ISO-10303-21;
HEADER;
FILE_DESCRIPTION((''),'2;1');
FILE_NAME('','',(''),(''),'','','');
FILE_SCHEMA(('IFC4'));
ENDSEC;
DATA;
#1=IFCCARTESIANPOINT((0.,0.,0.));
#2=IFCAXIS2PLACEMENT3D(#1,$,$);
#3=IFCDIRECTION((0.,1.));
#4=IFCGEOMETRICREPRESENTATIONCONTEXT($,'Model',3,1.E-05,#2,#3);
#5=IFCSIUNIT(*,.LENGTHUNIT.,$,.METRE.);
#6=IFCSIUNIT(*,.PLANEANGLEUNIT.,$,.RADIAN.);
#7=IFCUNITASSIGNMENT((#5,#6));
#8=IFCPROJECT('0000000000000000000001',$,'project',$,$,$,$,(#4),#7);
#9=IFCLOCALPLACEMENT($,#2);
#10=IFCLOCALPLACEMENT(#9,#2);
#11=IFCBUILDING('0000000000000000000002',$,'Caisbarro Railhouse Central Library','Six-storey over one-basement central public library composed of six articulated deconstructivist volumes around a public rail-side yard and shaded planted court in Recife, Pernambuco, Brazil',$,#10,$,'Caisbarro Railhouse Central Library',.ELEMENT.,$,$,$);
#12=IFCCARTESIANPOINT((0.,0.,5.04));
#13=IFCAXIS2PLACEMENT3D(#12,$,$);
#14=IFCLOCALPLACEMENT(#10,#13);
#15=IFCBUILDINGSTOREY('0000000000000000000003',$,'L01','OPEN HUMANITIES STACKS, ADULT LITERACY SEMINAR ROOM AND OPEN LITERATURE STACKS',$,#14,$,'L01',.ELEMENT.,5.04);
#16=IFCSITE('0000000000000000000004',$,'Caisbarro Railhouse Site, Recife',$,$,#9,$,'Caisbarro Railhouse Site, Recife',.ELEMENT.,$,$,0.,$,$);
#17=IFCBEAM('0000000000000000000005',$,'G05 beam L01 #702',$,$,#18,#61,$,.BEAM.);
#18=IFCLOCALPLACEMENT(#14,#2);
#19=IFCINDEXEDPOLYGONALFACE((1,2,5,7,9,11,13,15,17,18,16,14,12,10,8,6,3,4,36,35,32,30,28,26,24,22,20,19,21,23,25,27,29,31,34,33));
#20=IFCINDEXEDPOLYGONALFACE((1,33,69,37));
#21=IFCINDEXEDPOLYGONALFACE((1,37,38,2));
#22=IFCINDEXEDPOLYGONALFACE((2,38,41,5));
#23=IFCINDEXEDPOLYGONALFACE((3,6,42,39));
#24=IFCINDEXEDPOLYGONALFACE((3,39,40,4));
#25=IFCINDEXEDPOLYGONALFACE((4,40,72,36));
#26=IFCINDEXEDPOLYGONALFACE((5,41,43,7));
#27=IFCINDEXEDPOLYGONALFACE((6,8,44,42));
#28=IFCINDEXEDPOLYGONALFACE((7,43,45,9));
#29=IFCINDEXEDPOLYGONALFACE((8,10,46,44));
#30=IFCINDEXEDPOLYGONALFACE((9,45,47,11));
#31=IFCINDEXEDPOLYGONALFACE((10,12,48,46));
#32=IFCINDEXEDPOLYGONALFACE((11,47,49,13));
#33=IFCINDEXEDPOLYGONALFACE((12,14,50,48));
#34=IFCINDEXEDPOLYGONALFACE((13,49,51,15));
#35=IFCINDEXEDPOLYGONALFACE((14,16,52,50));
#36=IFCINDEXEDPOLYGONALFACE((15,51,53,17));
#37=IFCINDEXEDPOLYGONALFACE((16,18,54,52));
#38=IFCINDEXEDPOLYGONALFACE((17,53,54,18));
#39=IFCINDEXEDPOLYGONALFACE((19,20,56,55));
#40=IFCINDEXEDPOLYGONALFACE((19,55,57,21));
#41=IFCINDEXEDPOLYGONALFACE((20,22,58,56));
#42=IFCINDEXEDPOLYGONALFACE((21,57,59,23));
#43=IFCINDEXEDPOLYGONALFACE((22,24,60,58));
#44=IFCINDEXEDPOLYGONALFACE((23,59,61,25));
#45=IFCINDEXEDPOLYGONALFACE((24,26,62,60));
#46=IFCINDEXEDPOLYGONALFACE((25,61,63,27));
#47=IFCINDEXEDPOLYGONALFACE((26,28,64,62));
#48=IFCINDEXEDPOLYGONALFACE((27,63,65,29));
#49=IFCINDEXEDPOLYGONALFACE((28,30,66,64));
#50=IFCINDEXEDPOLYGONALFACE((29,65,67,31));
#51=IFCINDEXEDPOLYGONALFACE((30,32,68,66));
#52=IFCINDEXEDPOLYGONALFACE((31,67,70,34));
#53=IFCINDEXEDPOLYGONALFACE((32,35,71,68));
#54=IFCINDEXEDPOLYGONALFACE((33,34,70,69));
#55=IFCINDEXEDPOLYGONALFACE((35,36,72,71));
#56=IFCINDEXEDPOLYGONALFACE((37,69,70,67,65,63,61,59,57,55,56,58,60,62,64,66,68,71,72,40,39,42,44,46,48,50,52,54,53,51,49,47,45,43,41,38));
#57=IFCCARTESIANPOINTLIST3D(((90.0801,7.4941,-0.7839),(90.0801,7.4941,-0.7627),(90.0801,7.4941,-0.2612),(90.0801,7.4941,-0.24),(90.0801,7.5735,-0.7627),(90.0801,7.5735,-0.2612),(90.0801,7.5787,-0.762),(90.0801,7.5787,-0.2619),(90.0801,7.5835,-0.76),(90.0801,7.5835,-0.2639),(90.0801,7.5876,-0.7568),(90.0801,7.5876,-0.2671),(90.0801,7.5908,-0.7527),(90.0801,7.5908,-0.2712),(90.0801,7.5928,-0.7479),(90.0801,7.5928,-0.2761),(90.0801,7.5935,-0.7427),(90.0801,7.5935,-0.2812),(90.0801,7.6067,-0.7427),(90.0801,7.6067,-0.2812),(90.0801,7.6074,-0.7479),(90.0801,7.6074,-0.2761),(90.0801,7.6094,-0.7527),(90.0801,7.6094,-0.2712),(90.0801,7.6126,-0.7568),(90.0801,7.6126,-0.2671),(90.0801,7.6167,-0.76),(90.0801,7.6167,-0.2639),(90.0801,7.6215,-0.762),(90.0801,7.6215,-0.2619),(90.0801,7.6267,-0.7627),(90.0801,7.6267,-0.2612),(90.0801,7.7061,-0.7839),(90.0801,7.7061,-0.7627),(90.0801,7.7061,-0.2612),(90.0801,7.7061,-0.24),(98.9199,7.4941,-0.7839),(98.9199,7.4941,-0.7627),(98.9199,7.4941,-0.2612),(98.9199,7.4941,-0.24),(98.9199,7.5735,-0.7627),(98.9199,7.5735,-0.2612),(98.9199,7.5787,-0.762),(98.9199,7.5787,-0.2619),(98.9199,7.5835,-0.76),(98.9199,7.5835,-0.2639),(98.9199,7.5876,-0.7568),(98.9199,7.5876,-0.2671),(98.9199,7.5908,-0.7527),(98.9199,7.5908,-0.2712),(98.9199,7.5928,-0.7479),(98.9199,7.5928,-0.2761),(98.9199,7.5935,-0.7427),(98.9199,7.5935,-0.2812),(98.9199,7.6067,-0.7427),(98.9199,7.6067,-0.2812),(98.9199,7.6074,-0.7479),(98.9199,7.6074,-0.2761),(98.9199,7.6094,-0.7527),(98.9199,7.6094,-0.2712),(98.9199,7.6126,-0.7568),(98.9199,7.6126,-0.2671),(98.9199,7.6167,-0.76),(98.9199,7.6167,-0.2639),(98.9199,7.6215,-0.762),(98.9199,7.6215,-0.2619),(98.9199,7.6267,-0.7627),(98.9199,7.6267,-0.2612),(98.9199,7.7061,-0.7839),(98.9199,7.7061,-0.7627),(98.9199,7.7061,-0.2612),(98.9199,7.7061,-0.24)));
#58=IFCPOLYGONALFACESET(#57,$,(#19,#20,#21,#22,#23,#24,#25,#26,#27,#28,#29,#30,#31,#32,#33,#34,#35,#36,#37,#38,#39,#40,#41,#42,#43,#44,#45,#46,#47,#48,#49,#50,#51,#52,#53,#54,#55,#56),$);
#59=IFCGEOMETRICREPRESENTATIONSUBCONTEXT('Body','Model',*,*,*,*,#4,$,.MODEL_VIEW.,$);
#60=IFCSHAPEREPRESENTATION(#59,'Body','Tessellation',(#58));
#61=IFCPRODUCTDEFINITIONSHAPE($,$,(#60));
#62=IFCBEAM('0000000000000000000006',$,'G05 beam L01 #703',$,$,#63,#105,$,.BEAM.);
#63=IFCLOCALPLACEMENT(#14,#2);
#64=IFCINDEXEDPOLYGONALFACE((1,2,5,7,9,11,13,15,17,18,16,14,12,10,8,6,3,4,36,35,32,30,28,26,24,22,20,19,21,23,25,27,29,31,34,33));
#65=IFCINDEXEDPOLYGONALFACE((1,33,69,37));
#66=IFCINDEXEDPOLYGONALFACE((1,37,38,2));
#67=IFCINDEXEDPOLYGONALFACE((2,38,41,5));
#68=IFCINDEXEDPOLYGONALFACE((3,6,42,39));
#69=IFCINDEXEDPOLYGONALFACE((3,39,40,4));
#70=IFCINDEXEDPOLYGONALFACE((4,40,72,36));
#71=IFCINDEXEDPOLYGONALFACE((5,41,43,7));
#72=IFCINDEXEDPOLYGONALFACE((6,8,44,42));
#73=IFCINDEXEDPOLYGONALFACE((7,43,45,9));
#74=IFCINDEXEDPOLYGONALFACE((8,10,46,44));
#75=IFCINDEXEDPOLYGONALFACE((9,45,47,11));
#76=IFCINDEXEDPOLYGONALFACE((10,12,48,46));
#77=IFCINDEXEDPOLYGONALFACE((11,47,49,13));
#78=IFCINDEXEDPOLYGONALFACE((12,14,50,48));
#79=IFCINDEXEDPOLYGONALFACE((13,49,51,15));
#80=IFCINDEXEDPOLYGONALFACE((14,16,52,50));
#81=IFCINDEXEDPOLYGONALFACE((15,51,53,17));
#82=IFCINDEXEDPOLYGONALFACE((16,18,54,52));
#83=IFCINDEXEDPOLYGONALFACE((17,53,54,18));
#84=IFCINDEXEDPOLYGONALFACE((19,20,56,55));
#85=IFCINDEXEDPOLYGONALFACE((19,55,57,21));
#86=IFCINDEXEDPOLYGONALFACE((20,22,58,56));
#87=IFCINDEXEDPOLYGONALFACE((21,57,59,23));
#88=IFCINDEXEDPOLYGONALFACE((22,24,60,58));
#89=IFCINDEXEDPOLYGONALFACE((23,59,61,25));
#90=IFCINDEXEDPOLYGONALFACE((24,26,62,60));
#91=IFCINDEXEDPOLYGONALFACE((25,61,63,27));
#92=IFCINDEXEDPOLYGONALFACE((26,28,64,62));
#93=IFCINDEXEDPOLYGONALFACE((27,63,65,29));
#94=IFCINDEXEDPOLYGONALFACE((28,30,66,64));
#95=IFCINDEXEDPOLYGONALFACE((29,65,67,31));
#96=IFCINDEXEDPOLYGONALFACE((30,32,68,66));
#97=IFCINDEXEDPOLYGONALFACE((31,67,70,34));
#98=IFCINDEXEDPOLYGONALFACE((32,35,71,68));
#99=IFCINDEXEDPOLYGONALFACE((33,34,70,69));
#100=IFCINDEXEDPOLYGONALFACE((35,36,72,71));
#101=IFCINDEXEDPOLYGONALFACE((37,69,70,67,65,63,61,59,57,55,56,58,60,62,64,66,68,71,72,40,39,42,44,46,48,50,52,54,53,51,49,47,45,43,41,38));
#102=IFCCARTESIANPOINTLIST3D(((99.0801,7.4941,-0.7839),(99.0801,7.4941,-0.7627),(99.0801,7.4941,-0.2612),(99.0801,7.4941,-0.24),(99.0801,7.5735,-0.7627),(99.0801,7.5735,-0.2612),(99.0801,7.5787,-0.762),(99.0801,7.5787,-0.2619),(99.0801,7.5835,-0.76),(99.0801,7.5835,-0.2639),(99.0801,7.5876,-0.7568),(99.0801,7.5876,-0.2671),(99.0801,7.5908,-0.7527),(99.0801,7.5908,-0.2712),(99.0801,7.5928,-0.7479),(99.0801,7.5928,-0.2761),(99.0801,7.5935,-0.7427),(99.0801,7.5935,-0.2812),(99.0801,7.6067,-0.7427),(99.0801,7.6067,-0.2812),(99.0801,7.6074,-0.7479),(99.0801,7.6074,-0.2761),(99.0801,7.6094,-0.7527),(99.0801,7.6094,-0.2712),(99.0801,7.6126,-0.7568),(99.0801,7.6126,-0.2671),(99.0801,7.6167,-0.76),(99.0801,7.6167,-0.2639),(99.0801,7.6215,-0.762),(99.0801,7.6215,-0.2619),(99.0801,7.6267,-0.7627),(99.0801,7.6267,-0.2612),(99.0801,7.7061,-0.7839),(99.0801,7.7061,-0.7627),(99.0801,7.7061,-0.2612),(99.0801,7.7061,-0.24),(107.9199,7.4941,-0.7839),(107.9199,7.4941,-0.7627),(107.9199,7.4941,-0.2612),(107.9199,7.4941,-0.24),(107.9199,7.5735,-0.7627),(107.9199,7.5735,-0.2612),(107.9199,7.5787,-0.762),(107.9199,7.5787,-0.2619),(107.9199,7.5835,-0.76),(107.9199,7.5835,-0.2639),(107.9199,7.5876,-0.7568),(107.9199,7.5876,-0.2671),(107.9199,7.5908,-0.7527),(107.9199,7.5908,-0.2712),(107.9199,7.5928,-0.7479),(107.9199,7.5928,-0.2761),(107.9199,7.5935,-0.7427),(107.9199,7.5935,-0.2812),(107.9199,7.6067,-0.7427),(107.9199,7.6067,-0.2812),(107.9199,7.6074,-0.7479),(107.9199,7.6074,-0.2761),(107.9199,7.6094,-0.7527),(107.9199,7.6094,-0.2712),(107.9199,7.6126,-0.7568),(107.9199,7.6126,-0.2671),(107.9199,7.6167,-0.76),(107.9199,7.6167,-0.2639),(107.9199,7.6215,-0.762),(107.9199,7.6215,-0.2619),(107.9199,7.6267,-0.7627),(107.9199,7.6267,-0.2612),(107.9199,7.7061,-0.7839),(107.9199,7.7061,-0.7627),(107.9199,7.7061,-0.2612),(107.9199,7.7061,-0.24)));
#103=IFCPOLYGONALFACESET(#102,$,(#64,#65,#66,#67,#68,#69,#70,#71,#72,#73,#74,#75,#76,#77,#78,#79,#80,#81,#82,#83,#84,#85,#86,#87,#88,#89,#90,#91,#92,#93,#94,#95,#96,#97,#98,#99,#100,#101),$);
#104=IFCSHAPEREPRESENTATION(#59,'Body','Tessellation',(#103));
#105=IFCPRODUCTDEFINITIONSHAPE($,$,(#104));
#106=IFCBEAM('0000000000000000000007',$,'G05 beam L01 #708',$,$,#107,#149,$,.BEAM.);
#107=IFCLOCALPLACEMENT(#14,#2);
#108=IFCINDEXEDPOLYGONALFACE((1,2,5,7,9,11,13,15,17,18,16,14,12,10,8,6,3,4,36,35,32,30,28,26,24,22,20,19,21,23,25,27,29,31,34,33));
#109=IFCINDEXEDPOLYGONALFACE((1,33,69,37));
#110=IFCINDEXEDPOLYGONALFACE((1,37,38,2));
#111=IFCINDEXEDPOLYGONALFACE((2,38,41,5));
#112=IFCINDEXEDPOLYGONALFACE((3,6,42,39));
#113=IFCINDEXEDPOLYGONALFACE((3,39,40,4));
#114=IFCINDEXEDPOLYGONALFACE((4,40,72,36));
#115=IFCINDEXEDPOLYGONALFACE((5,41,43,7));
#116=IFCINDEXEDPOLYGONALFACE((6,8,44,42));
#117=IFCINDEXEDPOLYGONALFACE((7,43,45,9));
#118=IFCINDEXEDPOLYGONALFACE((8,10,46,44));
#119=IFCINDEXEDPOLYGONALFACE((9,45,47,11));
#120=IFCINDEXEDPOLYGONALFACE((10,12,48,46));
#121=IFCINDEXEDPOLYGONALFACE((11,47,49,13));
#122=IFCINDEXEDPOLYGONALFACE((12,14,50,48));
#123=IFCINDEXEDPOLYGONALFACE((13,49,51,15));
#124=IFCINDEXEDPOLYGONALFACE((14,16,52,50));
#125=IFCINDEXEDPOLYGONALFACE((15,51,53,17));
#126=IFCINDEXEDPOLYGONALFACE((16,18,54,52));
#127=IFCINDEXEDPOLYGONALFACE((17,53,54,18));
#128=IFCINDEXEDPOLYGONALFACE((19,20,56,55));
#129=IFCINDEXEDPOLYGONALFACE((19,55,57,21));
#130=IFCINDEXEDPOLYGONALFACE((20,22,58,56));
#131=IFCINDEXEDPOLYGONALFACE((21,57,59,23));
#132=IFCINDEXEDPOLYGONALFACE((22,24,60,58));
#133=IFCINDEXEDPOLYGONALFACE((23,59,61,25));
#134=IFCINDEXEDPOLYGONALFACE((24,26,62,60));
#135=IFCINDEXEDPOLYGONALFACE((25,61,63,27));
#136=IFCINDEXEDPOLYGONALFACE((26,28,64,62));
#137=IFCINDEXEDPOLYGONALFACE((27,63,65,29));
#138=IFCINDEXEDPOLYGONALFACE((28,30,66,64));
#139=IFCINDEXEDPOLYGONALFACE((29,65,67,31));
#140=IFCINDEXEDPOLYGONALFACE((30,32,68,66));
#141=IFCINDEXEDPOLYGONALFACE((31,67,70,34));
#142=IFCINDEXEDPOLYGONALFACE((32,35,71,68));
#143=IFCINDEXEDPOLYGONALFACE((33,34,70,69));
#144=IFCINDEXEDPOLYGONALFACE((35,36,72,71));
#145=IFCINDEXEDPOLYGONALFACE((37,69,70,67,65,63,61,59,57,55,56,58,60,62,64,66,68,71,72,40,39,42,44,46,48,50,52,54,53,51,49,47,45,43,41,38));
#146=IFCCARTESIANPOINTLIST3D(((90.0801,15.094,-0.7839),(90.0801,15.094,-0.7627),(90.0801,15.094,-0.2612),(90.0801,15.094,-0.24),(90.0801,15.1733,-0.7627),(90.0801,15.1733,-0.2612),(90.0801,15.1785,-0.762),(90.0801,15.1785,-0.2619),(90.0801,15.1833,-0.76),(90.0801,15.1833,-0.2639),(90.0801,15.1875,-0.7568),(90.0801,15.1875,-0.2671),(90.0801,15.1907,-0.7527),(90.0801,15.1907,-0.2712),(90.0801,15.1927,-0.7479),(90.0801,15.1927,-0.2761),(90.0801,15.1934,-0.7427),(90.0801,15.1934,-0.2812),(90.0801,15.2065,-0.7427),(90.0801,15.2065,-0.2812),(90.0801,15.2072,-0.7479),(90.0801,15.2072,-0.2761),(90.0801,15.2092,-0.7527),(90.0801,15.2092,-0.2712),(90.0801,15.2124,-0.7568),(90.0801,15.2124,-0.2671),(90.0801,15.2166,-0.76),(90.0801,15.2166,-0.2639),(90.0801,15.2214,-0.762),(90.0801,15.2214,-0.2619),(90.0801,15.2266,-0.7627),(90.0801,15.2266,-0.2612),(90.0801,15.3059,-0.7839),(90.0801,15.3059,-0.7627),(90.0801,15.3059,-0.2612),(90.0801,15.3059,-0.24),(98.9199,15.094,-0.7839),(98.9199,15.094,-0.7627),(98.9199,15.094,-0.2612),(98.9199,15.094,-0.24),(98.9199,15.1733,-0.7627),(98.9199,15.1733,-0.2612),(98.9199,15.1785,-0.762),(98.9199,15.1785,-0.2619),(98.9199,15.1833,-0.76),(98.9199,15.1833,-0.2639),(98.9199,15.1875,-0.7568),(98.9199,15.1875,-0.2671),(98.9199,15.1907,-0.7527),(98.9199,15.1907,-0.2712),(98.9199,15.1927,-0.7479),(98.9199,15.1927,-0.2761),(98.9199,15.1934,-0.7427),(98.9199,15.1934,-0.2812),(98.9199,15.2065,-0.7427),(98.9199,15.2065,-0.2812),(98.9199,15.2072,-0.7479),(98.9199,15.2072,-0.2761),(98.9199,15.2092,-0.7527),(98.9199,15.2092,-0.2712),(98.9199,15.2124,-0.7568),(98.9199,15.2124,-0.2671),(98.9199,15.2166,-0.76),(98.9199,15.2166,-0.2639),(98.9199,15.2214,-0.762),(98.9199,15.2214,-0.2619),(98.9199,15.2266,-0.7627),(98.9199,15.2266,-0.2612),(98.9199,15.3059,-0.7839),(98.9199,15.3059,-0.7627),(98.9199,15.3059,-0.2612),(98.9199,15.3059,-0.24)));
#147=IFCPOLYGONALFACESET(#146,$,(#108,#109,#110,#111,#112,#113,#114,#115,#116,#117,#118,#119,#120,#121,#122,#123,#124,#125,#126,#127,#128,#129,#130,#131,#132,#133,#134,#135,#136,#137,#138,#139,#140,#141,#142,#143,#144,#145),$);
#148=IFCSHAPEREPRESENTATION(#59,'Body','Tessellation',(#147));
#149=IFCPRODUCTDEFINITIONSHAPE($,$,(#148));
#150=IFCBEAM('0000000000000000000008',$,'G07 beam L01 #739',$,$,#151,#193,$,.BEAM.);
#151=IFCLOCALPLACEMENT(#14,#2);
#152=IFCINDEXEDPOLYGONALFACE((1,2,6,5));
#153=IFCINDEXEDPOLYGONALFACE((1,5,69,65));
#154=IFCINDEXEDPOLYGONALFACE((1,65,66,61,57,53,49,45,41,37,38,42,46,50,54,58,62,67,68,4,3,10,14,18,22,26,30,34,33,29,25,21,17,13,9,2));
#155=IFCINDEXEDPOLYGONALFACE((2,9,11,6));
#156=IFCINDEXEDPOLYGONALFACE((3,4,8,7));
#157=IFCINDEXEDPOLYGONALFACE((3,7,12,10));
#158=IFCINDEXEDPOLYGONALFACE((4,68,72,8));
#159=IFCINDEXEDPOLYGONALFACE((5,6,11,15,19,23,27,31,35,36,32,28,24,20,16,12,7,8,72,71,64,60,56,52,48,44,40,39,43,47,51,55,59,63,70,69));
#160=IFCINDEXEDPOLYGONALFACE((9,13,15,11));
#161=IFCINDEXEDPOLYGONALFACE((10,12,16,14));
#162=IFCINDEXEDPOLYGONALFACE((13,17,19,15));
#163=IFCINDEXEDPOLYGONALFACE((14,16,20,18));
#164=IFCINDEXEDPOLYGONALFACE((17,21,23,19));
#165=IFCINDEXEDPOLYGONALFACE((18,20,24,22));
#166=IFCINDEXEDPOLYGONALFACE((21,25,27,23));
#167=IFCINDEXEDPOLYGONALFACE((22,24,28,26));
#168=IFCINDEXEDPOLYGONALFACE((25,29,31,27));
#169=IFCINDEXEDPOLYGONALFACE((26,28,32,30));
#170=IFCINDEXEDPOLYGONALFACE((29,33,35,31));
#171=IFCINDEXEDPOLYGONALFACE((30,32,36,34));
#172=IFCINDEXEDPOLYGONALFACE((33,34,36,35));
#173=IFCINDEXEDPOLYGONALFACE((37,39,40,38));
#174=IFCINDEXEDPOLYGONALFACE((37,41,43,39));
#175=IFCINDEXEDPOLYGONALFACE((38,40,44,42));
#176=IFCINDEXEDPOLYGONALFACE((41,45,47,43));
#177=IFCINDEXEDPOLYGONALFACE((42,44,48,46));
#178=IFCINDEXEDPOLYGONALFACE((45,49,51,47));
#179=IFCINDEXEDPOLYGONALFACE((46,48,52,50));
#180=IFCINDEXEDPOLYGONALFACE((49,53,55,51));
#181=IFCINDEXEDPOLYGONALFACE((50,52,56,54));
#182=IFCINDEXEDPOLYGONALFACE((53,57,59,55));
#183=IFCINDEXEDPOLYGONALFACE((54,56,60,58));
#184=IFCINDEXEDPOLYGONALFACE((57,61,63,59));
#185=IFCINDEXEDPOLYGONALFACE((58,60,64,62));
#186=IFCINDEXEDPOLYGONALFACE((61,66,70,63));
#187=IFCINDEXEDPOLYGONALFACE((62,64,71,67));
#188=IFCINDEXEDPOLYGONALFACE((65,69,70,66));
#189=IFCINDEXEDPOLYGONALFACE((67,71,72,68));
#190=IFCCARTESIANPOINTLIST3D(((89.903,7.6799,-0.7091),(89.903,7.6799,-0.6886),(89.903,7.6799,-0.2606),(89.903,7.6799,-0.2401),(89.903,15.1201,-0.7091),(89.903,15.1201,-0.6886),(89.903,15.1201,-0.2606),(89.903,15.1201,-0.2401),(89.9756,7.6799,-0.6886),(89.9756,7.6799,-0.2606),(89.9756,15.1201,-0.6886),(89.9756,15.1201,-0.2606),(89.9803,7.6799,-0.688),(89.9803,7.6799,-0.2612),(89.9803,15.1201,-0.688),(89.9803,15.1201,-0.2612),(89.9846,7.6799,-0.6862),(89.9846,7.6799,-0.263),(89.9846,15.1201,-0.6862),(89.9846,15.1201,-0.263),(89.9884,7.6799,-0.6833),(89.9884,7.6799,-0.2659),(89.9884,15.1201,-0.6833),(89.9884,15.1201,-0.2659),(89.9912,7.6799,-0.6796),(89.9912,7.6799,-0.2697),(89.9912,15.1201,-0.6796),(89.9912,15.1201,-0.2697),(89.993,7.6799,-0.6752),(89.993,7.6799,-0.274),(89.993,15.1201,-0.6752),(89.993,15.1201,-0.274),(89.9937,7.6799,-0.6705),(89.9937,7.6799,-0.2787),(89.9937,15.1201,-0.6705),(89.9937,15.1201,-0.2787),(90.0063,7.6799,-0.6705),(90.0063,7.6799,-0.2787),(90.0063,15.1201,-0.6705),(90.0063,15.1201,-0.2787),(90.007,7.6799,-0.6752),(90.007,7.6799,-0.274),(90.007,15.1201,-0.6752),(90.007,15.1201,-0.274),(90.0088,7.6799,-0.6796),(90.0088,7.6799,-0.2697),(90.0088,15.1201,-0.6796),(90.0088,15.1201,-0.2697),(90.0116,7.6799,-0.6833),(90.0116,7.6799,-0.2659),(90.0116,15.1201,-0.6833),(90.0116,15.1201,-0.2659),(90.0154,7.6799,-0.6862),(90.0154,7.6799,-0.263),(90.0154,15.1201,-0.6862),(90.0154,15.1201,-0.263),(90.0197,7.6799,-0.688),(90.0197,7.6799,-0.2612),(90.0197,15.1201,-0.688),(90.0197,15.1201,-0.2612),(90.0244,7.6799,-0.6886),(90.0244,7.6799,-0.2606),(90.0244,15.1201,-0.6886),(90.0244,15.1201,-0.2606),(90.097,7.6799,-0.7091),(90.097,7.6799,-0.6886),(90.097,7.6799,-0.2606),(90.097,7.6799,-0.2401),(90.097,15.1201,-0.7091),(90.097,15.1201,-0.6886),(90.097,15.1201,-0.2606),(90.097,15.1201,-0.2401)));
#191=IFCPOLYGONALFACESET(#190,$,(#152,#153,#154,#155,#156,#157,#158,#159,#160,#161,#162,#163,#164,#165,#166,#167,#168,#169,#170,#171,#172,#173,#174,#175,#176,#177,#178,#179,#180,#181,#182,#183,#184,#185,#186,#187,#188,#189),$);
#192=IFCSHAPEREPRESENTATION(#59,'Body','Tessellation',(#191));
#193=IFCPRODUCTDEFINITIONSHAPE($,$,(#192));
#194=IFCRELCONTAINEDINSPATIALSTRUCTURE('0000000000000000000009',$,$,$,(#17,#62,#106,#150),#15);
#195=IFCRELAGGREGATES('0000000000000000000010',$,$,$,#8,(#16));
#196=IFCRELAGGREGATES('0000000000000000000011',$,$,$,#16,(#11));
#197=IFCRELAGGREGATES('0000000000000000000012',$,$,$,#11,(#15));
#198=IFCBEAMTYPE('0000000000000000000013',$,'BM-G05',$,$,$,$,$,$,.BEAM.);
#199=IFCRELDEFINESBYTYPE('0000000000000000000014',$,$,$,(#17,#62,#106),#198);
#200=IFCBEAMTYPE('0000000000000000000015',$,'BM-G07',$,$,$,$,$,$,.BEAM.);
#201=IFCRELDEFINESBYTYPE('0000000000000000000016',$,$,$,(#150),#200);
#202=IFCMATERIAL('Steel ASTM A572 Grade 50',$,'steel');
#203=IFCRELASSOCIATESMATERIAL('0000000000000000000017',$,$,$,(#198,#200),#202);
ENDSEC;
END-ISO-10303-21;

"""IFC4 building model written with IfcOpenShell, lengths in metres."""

from ifc_helpers import new_model, si_unit, direction, frame, origin, origin_2d, place, context, subcontext, project, spatial, i_section, extrude, material, material_profile, profile_set, type_object, element, save


model = new_model("IFC4")

# Units and contexts
model_context = context("Model", 3, precision=1e-05, world=origin(), true_north=direction((0.0, 1.0)))
body_context = subcontext(model_context, "Body", "Model", "MODEL_VIEW")
ifc_project = project(units=[si_unit("LENGTHUNIT", "METRE"), si_unit("PLANEANGLEUNIT", "RADIAN")], contexts=[model_context])

# Site, building, storey
site_placement = place(None, origin())
site = spatial("IfcSite", under=ifc_project, at=site_placement, Name="Caisbarro Railhouse Site, Recife", LongName="Caisbarro Railhouse Site, Recife", CompositionType="ELEMENT", RefElevation=0.0)
building_placement = place(site_placement, origin())
building = spatial("IfcBuilding", under=site, at=building_placement, Name="Caisbarro Railhouse Central Library", Description="Six-storey over one-basement central public library composed of six articulated deconstructivist volumes around a public rail-side yard and shaded planted court in Recife, Pernambuco, Brazil", LongName="Caisbarro Railhouse Central Library", CompositionType="ELEMENT")
storey_placement = place(building_placement, frame((0.0, 0.0, 5.04)))
storey = spatial("IfcBuildingStorey", under=building, at=storey_placement, Name="L01", Description="OPEN HUMANITIES STACKS, ADULT LITERACY SEMINAR ROOM AND OPEN LITERATURE STACKS", LongName="L01", CompositionType="ELEMENT", Elevation=5.04)

# Shared definitions
ifc_material_1 = material(Name="Steel ASTM A572 Grade 50", Category="steel")

# Beams
ifc_material_profile_1 = material_profile(ifc_material_1, i_section(OverallWidth=0.2119, OverallDepth=0.5439, WebThickness=0.0132, FlangeThickness=0.0212, FilletRadius=0.02, at=origin_2d()), Name="W530X123.0")
ifc_profile_set_1 = profile_set([ifc_material_profile_1], Name="Steel ASTM A572 Grade 50")
beam_type_1 = type_object("IfcBeamType", Name="BM-G05", PredefinedType="BEAM", material=ifc_profile_set_1)
for number, where, z_axis, x_axis, name in (
    (1, (90.0801, 7.6001, -0.512), (1.0, 0.0, 0.0), (0.0, 1.0, 0.0), "G05 beam L01 #702"),
    (2, (99.0801, 7.6001, -0.512), (1.0, 0.0, 0.0), (0.0, 1.0, 0.0), "G05 beam L01 #703"),
    (3, (90.0801, 15.2, -0.512), (1.0, 0.0, 0.0), (0.0, 1.0, 0.0), "G05 beam L01 #708"),
):
    element("IfcBeam", number, at=place(storey_placement, frame(where, z_axis=z_axis, x_axis=x_axis)), inside=storey, type_object=beam_type_1, Name=name, PredefinedType="BEAM", context=body_context, shape_type="SweptSolid", body=[
        extrude(i_section(OverallWidth=0.2119, OverallDepth=0.5439, WebThickness=0.0132, FlangeThickness=0.0212, FilletRadius=0.02, at=origin_2d()), origin(), (0.0, 0.0, 1.0), 8.8398),
    ])
ifc_material_profile_2 = material_profile(ifc_material_1, i_section(OverallWidth=0.1941, OverallDepth=0.469, WebThickness=0.0127, FlangeThickness=0.0205, FilletRadius=0.0181, at=origin_2d()), Name="W460X106.0")
ifc_profile_set_2 = profile_set([ifc_material_profile_2], Name="Steel ASTM A572 Grade 50")
beam_type_2 = type_object("IfcBeamType", Name="BM-G07", PredefinedType="BEAM", material=ifc_profile_set_2)
beam_1_placement = place(storey_placement, frame((90.0, 7.6799, -0.4746), z_axis=(0.0, 1.0, 0.0), x_axis=(-1.0, 0.0, 0.0)))
element("IfcBeam", 4, at=beam_1_placement, inside=storey, type_object=beam_type_2, Name="G07 beam L01 #739", PredefinedType="BEAM", context=body_context, shape_type="SweptSolid", body=[
    extrude(i_section(OverallWidth=0.1941, OverallDepth=0.469, WebThickness=0.0127, FlangeThickness=0.0205, FilletRadius=0.0181, at=origin_2d()), origin(), (0.0, 0.0, 1.0), 7.4402),
])

save(model, "model.ifc")
